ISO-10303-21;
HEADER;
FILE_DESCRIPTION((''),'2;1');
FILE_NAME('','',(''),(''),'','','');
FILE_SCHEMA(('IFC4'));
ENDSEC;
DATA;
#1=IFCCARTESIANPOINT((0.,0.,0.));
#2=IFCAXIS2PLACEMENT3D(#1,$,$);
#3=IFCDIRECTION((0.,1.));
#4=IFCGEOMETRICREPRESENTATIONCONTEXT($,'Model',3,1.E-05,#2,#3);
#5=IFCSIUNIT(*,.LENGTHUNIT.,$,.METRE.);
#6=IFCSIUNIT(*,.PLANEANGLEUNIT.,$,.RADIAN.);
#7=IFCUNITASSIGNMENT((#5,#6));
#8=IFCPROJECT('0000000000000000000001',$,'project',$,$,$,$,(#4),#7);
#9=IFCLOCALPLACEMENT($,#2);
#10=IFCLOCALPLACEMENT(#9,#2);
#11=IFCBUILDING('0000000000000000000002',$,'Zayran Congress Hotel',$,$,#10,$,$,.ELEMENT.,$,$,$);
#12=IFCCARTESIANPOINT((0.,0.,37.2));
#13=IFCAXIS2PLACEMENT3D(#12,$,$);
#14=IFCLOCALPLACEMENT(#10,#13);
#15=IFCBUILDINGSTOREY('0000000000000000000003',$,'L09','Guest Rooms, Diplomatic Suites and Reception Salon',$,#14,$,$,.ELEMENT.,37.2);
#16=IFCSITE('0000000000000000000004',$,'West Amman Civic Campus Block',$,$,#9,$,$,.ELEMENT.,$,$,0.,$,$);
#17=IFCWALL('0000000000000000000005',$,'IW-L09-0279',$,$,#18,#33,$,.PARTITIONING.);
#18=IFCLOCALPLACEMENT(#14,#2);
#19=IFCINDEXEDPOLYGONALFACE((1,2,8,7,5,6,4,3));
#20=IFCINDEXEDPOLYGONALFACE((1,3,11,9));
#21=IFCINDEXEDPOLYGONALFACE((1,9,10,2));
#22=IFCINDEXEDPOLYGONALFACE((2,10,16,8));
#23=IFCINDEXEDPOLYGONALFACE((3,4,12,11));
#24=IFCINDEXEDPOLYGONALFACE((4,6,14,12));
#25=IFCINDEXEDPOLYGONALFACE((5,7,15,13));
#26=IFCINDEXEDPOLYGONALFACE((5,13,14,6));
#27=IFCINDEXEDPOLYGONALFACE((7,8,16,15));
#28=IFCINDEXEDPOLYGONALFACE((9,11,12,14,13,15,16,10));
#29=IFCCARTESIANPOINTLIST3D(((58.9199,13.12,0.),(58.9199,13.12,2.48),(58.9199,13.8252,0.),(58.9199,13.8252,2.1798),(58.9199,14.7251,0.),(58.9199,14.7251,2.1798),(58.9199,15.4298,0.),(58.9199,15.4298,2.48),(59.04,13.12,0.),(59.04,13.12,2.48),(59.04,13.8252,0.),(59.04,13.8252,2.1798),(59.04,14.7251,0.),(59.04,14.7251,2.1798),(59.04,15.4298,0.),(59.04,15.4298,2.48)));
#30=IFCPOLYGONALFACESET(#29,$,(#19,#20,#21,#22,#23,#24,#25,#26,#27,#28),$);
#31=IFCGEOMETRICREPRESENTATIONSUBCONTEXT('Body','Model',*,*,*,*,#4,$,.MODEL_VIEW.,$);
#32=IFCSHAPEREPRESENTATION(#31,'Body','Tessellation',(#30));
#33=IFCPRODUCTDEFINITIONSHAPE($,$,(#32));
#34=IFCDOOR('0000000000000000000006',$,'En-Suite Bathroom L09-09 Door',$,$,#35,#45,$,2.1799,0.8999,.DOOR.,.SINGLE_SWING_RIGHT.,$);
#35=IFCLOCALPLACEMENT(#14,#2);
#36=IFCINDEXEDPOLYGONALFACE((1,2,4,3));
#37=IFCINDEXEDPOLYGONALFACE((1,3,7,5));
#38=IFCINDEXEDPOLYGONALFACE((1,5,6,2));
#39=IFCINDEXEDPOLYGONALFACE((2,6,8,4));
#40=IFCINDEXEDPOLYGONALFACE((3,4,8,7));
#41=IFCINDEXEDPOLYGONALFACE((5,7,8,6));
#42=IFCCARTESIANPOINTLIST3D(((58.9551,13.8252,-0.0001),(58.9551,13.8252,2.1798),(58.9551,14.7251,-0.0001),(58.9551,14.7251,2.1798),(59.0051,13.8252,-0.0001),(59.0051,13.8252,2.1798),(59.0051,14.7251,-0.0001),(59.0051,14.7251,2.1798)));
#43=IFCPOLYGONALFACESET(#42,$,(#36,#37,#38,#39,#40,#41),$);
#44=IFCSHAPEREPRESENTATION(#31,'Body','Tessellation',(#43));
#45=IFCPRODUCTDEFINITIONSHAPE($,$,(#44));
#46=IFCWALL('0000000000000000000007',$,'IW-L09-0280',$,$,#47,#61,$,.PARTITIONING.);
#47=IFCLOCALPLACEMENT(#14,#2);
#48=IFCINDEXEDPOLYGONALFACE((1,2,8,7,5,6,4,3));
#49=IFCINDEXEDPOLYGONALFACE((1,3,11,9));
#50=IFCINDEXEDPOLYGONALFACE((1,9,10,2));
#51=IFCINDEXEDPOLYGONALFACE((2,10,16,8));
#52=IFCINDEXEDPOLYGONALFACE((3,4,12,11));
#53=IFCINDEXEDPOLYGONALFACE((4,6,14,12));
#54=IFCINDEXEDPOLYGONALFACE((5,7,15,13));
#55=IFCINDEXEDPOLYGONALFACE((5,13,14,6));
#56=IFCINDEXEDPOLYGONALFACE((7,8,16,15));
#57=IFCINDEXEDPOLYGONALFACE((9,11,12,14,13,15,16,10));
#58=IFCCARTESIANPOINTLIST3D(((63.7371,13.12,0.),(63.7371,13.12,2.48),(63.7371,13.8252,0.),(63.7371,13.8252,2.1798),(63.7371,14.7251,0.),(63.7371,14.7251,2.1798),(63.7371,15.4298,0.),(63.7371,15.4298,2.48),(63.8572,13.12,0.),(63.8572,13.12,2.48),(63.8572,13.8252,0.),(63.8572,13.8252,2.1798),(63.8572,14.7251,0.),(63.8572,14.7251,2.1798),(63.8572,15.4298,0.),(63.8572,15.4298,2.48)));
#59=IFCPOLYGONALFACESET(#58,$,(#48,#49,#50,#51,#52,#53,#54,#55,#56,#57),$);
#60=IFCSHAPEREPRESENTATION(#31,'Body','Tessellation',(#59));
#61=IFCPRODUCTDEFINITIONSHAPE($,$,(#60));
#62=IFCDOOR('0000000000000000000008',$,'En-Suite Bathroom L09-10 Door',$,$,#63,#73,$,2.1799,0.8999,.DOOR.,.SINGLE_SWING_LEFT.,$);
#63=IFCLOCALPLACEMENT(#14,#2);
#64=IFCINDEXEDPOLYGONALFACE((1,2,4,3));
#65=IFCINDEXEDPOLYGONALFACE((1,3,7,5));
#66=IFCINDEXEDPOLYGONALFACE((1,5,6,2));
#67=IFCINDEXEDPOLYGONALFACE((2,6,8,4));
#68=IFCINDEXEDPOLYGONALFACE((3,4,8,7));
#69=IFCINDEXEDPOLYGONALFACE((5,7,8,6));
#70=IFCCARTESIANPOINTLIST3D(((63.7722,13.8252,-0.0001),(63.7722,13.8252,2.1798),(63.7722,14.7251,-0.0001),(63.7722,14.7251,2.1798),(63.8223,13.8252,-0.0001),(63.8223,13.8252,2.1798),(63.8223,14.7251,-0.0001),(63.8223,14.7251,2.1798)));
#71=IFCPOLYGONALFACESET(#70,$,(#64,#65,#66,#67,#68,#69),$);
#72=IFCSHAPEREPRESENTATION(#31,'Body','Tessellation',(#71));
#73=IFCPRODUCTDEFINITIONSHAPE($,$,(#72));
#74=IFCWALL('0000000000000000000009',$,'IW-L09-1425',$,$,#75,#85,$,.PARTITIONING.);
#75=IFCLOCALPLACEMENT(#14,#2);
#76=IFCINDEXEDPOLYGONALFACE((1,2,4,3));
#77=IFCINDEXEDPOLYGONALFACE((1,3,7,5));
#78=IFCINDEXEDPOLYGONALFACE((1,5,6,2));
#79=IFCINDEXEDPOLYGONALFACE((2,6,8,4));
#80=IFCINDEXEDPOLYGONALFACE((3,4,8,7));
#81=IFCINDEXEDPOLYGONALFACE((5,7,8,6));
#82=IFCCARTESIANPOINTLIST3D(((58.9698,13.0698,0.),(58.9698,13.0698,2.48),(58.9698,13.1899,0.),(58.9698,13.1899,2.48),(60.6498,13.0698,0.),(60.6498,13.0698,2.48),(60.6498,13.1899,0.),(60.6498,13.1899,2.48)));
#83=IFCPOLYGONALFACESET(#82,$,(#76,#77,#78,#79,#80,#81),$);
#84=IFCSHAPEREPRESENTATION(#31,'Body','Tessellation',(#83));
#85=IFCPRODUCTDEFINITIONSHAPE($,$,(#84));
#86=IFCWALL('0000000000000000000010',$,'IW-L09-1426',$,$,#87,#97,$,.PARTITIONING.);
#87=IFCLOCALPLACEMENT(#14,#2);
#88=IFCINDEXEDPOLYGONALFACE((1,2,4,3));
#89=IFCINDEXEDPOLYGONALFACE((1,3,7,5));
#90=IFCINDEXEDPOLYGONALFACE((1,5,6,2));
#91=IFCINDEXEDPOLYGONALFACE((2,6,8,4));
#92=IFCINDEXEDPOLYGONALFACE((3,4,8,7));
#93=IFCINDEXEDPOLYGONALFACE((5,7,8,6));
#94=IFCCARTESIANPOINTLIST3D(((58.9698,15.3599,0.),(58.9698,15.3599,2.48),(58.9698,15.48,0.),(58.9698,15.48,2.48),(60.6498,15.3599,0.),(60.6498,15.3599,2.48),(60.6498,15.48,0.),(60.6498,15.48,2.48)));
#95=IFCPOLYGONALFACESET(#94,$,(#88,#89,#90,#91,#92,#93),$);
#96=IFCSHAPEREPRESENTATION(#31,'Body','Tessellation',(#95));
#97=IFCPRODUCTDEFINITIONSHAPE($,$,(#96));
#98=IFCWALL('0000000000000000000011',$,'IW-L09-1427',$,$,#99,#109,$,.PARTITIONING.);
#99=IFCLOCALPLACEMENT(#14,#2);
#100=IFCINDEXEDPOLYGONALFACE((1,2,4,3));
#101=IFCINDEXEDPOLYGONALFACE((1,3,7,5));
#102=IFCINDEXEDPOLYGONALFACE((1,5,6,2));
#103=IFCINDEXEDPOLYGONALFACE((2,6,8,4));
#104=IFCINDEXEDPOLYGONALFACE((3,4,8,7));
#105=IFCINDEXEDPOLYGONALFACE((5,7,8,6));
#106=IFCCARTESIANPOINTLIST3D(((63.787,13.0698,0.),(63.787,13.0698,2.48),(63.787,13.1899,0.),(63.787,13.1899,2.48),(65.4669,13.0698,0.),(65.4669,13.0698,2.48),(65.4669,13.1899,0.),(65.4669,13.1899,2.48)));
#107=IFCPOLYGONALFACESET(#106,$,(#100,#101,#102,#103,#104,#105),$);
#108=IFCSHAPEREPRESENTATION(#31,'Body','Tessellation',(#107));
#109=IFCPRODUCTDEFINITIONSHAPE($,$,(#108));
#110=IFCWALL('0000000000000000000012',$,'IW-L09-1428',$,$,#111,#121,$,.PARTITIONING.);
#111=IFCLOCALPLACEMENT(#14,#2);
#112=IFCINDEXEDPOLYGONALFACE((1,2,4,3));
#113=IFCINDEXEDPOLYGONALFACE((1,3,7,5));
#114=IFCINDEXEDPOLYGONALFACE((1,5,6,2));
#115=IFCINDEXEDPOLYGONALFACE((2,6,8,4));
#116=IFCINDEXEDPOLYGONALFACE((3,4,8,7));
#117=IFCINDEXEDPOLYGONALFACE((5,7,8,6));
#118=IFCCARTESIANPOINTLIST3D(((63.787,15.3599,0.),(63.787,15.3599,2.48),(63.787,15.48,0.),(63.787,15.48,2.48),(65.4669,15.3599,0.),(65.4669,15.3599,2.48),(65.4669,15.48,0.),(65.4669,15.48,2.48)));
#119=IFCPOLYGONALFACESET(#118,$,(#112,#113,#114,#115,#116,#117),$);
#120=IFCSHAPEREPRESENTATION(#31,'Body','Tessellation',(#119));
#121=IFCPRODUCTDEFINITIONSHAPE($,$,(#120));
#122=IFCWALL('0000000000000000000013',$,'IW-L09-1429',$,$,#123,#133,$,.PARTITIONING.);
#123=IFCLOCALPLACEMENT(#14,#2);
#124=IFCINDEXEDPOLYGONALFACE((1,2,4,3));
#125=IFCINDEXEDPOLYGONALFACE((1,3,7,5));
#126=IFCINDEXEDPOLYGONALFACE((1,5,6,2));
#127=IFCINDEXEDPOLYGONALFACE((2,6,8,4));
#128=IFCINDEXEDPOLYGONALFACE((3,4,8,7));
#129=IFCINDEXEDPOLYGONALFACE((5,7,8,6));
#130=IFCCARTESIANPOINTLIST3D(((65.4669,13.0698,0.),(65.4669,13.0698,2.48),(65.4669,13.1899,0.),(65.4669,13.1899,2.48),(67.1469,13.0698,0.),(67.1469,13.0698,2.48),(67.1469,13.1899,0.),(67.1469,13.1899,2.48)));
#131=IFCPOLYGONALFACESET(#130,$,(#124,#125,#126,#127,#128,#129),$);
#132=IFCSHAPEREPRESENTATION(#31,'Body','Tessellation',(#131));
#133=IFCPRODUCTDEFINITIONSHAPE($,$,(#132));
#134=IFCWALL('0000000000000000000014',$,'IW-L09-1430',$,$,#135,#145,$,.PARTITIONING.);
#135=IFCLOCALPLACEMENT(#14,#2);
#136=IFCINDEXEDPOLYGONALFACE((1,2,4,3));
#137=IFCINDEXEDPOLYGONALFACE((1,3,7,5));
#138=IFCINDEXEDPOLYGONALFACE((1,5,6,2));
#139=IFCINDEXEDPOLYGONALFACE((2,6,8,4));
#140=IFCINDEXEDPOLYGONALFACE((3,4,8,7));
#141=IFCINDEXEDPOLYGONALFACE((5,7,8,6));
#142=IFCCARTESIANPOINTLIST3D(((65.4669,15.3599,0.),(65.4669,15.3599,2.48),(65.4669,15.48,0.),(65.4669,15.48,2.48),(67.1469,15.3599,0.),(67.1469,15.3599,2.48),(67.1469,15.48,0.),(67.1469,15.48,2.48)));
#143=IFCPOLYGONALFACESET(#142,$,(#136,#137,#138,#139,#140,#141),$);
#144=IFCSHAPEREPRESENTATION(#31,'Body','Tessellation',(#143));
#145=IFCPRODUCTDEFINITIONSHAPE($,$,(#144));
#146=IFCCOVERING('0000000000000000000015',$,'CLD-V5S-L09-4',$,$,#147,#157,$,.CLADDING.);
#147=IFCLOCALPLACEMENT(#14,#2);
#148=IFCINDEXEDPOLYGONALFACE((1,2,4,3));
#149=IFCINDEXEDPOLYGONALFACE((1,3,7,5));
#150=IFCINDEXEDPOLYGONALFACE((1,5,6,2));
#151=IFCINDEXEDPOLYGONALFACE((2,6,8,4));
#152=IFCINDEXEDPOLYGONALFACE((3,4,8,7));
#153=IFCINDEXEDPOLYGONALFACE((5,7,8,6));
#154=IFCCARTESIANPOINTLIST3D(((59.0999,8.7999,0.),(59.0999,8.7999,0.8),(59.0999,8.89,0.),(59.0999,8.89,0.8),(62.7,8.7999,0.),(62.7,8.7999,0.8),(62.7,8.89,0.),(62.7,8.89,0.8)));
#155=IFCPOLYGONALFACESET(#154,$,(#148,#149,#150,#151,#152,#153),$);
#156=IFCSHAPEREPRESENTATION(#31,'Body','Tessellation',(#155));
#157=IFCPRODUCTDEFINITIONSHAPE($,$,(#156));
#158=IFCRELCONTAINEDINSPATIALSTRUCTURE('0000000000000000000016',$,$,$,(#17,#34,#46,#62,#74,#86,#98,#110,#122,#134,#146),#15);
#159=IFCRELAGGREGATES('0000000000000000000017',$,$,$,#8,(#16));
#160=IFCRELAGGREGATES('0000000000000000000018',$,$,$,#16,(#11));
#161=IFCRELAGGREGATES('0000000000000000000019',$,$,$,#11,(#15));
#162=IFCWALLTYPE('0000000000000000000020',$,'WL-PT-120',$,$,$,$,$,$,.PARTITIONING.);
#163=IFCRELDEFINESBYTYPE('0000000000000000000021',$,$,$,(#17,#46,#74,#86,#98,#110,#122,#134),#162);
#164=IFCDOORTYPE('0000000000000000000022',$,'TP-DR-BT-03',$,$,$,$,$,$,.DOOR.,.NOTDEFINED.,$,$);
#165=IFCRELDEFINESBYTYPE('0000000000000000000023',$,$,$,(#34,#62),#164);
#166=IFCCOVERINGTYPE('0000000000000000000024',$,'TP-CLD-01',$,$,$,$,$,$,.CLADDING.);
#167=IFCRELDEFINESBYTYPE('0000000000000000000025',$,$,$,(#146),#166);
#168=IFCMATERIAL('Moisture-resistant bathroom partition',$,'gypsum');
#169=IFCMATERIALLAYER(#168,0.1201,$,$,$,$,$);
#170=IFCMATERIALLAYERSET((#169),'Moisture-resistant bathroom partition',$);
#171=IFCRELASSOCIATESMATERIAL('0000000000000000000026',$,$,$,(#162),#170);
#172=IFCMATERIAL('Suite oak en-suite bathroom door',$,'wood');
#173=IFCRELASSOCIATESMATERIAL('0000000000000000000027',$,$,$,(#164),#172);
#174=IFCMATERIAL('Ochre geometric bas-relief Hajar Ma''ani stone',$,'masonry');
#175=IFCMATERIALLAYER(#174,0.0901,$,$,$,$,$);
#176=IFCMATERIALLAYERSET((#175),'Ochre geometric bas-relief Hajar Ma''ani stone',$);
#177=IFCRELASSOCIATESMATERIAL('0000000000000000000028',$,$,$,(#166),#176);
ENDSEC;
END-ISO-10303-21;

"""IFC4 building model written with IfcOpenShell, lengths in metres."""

from ifc_helpers import new_model, si_unit, direction, frame, frame_2d, origin, origin_2d, place, context, subcontext, project, spatial, rectangle, extrude, material, layer, layer_set, type_object, element, fill, save


model = new_model("IFC4")

# Units and contexts
model_context = context("Model", 3, precision=1e-05, world=origin(), true_north=direction((0.0, 1.0)))
body_context = subcontext(model_context, "Body", "Model", "MODEL_VIEW")
ifc_project = project(units=[si_unit("LENGTHUNIT", "METRE"), si_unit("PLANEANGLEUNIT", "RADIAN")], contexts=[model_context])

# Site, building, storey
site_placement = place(None, origin())
site = spatial("IfcSite", under=ifc_project, at=site_placement, Name="West Amman Civic Campus Block", CompositionType="ELEMENT", RefElevation=0.0)
building_placement = place(site_placement, origin())
building = spatial("IfcBuilding", under=site, at=building_placement, Name="Zayran Congress Hotel", CompositionType="ELEMENT")
storey_placement = place(building_placement, frame((0.0, 0.0, 37.2)))
storey = spatial("IfcBuildingStorey", under=building, at=storey_placement, Name="L09", Description="Guest Rooms, Diplomatic Suites and Reception Salon", CompositionType="ELEMENT", Elevation=37.2)

# Walls, openings, doors
ifc_material_1 = material(Name="Moisture-resistant bathroom partition", Category="gypsum")
ifc_layer_1 = layer(ifc_material_1, 0.1201)
ifc_layer_set_1 = layer_set([ifc_layer_1], Name="Moisture-resistant bathroom partition")
wall_type_1 = type_object("IfcWallType", Name="WL-PT-120", PredefinedType="PARTITIONING", material=ifc_layer_set_1)
wall_1_placement = place(storey_placement, frame((58.98, 13.1201, 0.0), z_axis=(0.0, 0.0, 1.0), x_axis=(0.0, 1.0, 0.0)))
wall_1 = element("IfcWall", 1, at=wall_1_placement, inside=storey, type_object=wall_type_1, Name="IW-L09-0279", PredefinedType="PARTITIONING", context=body_context, shape_type="SweptSolid", body=[
    extrude(rectangle(XDim=2.3098, YDim=0.1201, at=frame_2d((1.1548, 0.0))), origin(), (0.0, 0.0, 1.0), 2.48),
])
opening_1_placement = place(wall_1_placement, frame((0.7051, 0.0, 0.0)))
opening_1 = element("IfcOpeningElement", 2, at=opening_1_placement, cuts=wall_1, PredefinedType="OPENING", context=body_context, shape_type="SweptSolid", body=[
    extrude(rectangle(XDim=0.8999, YDim=2.1799, at=frame_2d((0.45, 1.0898))), frame((0.0, 0.0701, 0.0), z_axis=(0.0, -1.0, 0.0), x_axis=(1.0, 0.0, 0.0)), (0.0, 0.0, 1.0), 0.1401),
])
ifc_material_2 = material(Name="Suite oak en-suite bathroom door", Category="wood")
door_type_1 = type_object("IfcDoorType", Name="TP-DR-BT-03", OperationType="NOTDEFINED", PredefinedType="DOOR", material=ifc_material_2)
door_1_placement = place(opening_1_placement, origin())
door_1 = element("IfcDoor", 3, at=door_1_placement, inside=storey, type_object=door_type_1, Name="En-Suite Bathroom L09-09 Door", OperationType="SINGLE_SWING_RIGHT", OverallHeight=2.1799, OverallWidth=0.8999, PredefinedType="DOOR", context=body_context, shape_type="SweptSolid", body=[
    extrude(rectangle(XDim=0.8999, YDim=2.1799, at=frame_2d((0.45, 1.0898))), frame((0.0, 0.0249, 0.0), z_axis=(0.0, -1.0, 0.0), x_axis=(1.0, 0.0, 0.0)), (0.0, 0.0, 1.0), 0.05),
])
fill(opening_1, door_1)
wall_2_placement = place(storey_placement, frame((63.7971, 13.1201, 0.0), z_axis=(0.0, 0.0, 1.0), x_axis=(0.0, 1.0, 0.0)))
wall_2 = element("IfcWall", 4, at=wall_2_placement, inside=storey, type_object=wall_type_1, Name="IW-L09-0280", PredefinedType="PARTITIONING", context=body_context, shape_type="SweptSolid", body=[
    extrude(rectangle(XDim=2.3098, YDim=0.1201, at=frame_2d((1.1548, 0.0))), origin(), (0.0, 0.0, 1.0), 2.48),
])
opening_2_placement = place(wall_2_placement, frame((0.7051, 0.0, 0.0)))
opening_2 = element("IfcOpeningElement", 5, at=opening_2_placement, cuts=wall_2, PredefinedType="OPENING", context=body_context, shape_type="SweptSolid", body=[
    extrude(rectangle(XDim=0.8999, YDim=2.1799, at=frame_2d((0.45, 1.0898))), frame((0.0, 0.0701, 0.0), z_axis=(0.0, -1.0, 0.0), x_axis=(1.0, 0.0, 0.0)), (0.0, 0.0, 1.0), 0.1401),
])
door_2_placement = place(opening_2_placement, origin())
door_2 = element("IfcDoor", 6, at=door_2_placement, inside=storey, type_object=door_type_1, Name="En-Suite Bathroom L09-10 Door", OperationType="SINGLE_SWING_LEFT", OverallHeight=2.1799, OverallWidth=0.8999, PredefinedType="DOOR", context=body_context, shape_type="SweptSolid", body=[
    extrude(rectangle(XDim=0.8999, YDim=2.1799, at=frame_2d((0.45, 1.0898))), frame((0.0, 0.0249, 0.0), z_axis=(0.0, -1.0, 0.0), x_axis=(1.0, 0.0, 0.0)), (0.0, 0.0, 1.0), 0.05),
])
fill(opening_2, door_2)

# Walls
for number, where, z_axis, x_axis, name in (
    (7, (58.97, 13.1299, 0.0), (0.0, 0.0, 1.0), (1.0, 0.0, 0.0), "IW-L09-1425"),
    (8, (58.97, 15.4199, 0.0), (0.0, 0.0, 1.0), (1.0, 0.0, 0.0), "IW-L09-1426"),
    (9, (63.7871, 13.1299, 0.0), (0.0, 0.0, 1.0), (1.0, 0.0, 0.0), "IW-L09-1427"),
    (10, (63.7871, 15.4199, 0.0), (0.0, 0.0, 1.0), (1.0, 0.0, 0.0), "IW-L09-1428"),
    (11, (65.467, 13.1299, 0.0), (0.0, 0.0, 1.0), (1.0, 0.0, 0.0), "IW-L09-1429"),
    (12, (65.467, 15.4199, 0.0), (0.0, 0.0, 1.0), (1.0, 0.0, 0.0), "IW-L09-1430"),
):
    element("IfcWall", number, at=place(storey_placement, frame(where, z_axis=z_axis, x_axis=x_axis)), inside=storey, type_object=wall_type_1, Name=name, PredefinedType="PARTITIONING", context=body_context, shape_type="SweptSolid", body=[
        extrude(rectangle(XDim=1.6799, YDim=0.1201, at=frame_2d((0.8398, 0.0))), origin(), (0.0, 0.0, 1.0), 2.48),
    ])

# Covering
ifc_material_3 = material(Name="Ochre geometric bas-relief Hajar Ma'ani stone", Category="masonry")
ifc_layer_2 = layer(ifc_material_3, 0.0901)
ifc_layer_set_2 = layer_set([ifc_layer_2], Name="Ochre geometric bas-relief Hajar Ma'ani stone")
covering_type = type_object("IfcCoveringType", Name="TP-CLD-01", PredefinedType="CLADDING", material=ifc_layer_set_2)
covering_placement = place(storey_placement, frame((60.8999, 8.845, 0.0), z_axis=(0.0, 0.0, 1.0), x_axis=(1.0, 0.0, 0.0)))
element("IfcCovering", 13, at=covering_placement, inside=storey, type_object=covering_type, Name="CLD-V5S-L09-4", PredefinedType="CLADDING", context=body_context, shape_type="SweptSolid", body=[
    extrude(rectangle(XDim=3.6001, YDim=0.0901, at=origin_2d()), origin(), (0.0, 0.0, 1.0), 0.8),
])

save(model, "model.ifc")
